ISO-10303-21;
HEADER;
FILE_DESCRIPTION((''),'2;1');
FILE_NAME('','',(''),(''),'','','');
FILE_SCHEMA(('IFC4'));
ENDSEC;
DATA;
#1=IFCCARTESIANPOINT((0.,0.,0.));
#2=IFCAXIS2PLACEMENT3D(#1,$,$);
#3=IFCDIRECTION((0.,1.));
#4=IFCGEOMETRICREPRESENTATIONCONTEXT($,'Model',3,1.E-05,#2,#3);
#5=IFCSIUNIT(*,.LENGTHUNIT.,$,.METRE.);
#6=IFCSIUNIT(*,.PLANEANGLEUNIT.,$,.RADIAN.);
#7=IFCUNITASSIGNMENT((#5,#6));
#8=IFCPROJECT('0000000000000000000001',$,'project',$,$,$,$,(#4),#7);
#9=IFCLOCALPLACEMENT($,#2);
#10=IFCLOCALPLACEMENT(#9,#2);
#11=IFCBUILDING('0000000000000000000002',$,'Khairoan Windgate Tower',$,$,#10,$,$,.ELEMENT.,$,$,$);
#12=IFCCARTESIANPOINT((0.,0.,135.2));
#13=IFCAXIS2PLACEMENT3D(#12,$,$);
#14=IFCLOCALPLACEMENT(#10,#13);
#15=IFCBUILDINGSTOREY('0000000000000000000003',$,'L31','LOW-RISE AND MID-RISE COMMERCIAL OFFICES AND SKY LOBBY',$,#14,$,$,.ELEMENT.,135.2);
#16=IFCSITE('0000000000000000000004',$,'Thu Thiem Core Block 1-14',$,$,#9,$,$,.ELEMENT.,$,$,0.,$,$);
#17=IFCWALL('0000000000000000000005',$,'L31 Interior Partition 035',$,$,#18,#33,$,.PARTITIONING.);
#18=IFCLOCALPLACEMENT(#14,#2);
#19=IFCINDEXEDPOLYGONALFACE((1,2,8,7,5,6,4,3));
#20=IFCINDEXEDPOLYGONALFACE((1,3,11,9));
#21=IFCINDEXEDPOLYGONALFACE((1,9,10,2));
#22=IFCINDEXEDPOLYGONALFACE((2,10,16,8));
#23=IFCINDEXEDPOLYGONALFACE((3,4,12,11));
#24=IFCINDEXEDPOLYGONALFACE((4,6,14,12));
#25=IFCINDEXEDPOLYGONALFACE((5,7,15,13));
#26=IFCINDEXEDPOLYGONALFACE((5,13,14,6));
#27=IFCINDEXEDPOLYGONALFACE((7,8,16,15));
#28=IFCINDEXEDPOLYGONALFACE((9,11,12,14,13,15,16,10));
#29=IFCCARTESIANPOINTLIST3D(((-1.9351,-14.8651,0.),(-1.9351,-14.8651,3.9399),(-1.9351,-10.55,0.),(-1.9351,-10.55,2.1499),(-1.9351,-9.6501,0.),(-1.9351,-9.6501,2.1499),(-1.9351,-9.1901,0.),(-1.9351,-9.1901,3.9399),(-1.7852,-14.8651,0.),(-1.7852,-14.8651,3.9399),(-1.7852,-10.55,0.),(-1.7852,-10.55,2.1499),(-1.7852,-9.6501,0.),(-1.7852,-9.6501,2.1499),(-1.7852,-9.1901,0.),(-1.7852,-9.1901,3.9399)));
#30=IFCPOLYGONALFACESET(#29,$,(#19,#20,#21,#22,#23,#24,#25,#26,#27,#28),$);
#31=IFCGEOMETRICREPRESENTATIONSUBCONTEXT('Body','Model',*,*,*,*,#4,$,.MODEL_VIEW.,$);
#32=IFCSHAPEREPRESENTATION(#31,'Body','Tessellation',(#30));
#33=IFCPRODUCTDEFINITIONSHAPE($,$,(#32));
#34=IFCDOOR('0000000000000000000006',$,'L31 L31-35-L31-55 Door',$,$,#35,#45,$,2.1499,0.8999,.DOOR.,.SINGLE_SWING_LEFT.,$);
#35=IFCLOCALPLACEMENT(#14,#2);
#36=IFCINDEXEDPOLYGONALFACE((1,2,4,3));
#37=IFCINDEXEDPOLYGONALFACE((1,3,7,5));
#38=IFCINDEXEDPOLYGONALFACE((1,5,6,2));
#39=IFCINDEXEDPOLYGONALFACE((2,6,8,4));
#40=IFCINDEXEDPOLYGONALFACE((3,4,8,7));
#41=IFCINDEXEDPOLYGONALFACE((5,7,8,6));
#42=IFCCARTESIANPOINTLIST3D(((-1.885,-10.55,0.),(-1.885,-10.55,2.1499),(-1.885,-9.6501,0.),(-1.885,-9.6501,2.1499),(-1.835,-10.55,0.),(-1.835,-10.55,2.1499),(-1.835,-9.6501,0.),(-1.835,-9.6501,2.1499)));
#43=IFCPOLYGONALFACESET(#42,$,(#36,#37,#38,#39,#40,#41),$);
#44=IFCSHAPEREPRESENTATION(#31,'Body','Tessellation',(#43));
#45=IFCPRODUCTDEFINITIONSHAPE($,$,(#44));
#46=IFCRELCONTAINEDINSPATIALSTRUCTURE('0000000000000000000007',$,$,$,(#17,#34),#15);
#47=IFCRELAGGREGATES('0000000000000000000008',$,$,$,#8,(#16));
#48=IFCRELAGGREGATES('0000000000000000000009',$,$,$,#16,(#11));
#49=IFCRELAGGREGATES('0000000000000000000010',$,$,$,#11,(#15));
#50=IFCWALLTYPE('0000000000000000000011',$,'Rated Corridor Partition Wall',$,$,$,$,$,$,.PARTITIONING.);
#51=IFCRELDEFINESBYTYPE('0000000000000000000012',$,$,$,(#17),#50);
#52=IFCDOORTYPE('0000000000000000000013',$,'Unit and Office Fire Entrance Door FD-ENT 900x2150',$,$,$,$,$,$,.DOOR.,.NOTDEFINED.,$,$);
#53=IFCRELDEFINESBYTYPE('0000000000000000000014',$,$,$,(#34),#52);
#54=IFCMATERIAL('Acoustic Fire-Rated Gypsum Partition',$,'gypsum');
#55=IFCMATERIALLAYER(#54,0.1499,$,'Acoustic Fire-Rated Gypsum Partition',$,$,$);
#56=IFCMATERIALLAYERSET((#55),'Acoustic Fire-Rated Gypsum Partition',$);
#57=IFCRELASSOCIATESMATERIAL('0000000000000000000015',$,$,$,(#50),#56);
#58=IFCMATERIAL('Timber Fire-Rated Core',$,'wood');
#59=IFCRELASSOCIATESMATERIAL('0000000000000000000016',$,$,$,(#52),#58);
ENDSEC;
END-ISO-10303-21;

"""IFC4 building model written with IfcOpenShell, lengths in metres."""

from ifc_helpers import new_model, si_unit, direction, frame, frame_2d, origin, place, context, subcontext, project, spatial, rectangle, extrude, material, layer, layer_set, type_object, element, fill, save


model = new_model("IFC4")

# Units and contexts
model_context = context("Model", 3, precision=1e-05, world=origin(), true_north=direction((0.0, 1.0)))
body_context = subcontext(model_context, "Body", "Model", "MODEL_VIEW")
ifc_project = project(units=[si_unit("LENGTHUNIT", "METRE"), si_unit("PLANEANGLEUNIT", "RADIAN")], contexts=[model_context])

# Site, building, storey
site_placement = place(None, origin())
site = spatial("IfcSite", under=ifc_project, at=site_placement, Name="Thu Thiem Core Block 1-14", CompositionType="ELEMENT", RefElevation=0.0)
building_placement = place(site_placement, origin())
building = spatial("IfcBuilding", under=site, at=building_placement, Name="Khairoan Windgate Tower", CompositionType="ELEMENT")
storey_placement = place(building_placement, frame((0.0, 0.0, 135.2)))
storey = spatial("IfcBuildingStorey", under=building, at=storey_placement, Name="L31", Description="LOW-RISE AND MID-RISE COMMERCIAL OFFICES AND SKY LOBBY", CompositionType="ELEMENT", Elevation=135.2)

# Wall, opening, door
ifc_material_1 = material(Name="Acoustic Fire-Rated Gypsum Partition", Category="gypsum")
ifc_layer = layer(ifc_material_1, 0.1499, Name="Acoustic Fire-Rated Gypsum Partition")
ifc_layer_set = layer_set([ifc_layer], Name="Acoustic Fire-Rated Gypsum Partition")
wall_type = type_object("IfcWallType", Name="Rated Corridor Partition Wall", PredefinedType="PARTITIONING", material=ifc_layer_set)
ifc_material_2 = material(Name="Timber Fire-Rated Core", Category="wood")
door_type = type_object("IfcDoorType", Name="Unit and Office Fire Entrance Door FD-ENT 900x2150", OperationType="NOTDEFINED", PredefinedType="DOOR", material=ifc_material_2)
wall_1_placement = place(storey_placement, frame((-1.8601, -14.865, 0.0), z_axis=(0.0, 0.0, 1.0), x_axis=(0.0, 1.0, 0.0)))
wall_1 = element("IfcWall", 1, at=wall_1_placement, inside=storey, type_object=wall_type, Name="L31 Interior Partition 035", PredefinedType="PARTITIONING", context=body_context, shape_type="SweptSolid", body=[
    extrude(rectangle(XDim=5.675, YDim=0.1499, at=frame_2d((2.8374, 0.0))), origin(), (0.0, 0.0, 1.0), 3.9399),
])
opening_1_placement = place(wall_1_placement, frame((4.3149, 0.0, 0.0)))
opening_1 = element("IfcOpeningElement", 2, at=opening_1_placement, cuts=wall_1, PredefinedType="OPENING", context=body_context, shape_type="SweptSolid", body=[
    extrude(rectangle(XDim=0.8999, YDim=2.1499, at=frame_2d((0.45, 1.075))), frame((0.0, 0.085, 0.0), z_axis=(0.0, -1.0, 0.0), x_axis=(1.0, 0.0, 0.0)), (0.0, 0.0, 1.0), 0.1699),
])
door_1_placement = place(opening_1_placement, origin())
door_1 = element("IfcDoor", 3, at=door_1_placement, inside=storey, type_object=door_type, Name="L31 L31-35-L31-55 Door", OperationType="SINGLE_SWING_LEFT", OverallHeight=2.1499, OverallWidth=0.8999, PredefinedType="DOOR", context=body_context, shape_type="SweptSolid", body=[
    extrude(rectangle(XDim=0.8999, YDim=2.1499, at=frame_2d((0.45, 1.075))), frame((0.0, 0.0249, 0.0), z_axis=(0.0, -1.0, 0.0), x_axis=(1.0, 0.0, 0.0)), (0.0, 0.0, 1.0), 0.05),
])
fill(opening_1, door_1)

save(model, "model.ifc")
